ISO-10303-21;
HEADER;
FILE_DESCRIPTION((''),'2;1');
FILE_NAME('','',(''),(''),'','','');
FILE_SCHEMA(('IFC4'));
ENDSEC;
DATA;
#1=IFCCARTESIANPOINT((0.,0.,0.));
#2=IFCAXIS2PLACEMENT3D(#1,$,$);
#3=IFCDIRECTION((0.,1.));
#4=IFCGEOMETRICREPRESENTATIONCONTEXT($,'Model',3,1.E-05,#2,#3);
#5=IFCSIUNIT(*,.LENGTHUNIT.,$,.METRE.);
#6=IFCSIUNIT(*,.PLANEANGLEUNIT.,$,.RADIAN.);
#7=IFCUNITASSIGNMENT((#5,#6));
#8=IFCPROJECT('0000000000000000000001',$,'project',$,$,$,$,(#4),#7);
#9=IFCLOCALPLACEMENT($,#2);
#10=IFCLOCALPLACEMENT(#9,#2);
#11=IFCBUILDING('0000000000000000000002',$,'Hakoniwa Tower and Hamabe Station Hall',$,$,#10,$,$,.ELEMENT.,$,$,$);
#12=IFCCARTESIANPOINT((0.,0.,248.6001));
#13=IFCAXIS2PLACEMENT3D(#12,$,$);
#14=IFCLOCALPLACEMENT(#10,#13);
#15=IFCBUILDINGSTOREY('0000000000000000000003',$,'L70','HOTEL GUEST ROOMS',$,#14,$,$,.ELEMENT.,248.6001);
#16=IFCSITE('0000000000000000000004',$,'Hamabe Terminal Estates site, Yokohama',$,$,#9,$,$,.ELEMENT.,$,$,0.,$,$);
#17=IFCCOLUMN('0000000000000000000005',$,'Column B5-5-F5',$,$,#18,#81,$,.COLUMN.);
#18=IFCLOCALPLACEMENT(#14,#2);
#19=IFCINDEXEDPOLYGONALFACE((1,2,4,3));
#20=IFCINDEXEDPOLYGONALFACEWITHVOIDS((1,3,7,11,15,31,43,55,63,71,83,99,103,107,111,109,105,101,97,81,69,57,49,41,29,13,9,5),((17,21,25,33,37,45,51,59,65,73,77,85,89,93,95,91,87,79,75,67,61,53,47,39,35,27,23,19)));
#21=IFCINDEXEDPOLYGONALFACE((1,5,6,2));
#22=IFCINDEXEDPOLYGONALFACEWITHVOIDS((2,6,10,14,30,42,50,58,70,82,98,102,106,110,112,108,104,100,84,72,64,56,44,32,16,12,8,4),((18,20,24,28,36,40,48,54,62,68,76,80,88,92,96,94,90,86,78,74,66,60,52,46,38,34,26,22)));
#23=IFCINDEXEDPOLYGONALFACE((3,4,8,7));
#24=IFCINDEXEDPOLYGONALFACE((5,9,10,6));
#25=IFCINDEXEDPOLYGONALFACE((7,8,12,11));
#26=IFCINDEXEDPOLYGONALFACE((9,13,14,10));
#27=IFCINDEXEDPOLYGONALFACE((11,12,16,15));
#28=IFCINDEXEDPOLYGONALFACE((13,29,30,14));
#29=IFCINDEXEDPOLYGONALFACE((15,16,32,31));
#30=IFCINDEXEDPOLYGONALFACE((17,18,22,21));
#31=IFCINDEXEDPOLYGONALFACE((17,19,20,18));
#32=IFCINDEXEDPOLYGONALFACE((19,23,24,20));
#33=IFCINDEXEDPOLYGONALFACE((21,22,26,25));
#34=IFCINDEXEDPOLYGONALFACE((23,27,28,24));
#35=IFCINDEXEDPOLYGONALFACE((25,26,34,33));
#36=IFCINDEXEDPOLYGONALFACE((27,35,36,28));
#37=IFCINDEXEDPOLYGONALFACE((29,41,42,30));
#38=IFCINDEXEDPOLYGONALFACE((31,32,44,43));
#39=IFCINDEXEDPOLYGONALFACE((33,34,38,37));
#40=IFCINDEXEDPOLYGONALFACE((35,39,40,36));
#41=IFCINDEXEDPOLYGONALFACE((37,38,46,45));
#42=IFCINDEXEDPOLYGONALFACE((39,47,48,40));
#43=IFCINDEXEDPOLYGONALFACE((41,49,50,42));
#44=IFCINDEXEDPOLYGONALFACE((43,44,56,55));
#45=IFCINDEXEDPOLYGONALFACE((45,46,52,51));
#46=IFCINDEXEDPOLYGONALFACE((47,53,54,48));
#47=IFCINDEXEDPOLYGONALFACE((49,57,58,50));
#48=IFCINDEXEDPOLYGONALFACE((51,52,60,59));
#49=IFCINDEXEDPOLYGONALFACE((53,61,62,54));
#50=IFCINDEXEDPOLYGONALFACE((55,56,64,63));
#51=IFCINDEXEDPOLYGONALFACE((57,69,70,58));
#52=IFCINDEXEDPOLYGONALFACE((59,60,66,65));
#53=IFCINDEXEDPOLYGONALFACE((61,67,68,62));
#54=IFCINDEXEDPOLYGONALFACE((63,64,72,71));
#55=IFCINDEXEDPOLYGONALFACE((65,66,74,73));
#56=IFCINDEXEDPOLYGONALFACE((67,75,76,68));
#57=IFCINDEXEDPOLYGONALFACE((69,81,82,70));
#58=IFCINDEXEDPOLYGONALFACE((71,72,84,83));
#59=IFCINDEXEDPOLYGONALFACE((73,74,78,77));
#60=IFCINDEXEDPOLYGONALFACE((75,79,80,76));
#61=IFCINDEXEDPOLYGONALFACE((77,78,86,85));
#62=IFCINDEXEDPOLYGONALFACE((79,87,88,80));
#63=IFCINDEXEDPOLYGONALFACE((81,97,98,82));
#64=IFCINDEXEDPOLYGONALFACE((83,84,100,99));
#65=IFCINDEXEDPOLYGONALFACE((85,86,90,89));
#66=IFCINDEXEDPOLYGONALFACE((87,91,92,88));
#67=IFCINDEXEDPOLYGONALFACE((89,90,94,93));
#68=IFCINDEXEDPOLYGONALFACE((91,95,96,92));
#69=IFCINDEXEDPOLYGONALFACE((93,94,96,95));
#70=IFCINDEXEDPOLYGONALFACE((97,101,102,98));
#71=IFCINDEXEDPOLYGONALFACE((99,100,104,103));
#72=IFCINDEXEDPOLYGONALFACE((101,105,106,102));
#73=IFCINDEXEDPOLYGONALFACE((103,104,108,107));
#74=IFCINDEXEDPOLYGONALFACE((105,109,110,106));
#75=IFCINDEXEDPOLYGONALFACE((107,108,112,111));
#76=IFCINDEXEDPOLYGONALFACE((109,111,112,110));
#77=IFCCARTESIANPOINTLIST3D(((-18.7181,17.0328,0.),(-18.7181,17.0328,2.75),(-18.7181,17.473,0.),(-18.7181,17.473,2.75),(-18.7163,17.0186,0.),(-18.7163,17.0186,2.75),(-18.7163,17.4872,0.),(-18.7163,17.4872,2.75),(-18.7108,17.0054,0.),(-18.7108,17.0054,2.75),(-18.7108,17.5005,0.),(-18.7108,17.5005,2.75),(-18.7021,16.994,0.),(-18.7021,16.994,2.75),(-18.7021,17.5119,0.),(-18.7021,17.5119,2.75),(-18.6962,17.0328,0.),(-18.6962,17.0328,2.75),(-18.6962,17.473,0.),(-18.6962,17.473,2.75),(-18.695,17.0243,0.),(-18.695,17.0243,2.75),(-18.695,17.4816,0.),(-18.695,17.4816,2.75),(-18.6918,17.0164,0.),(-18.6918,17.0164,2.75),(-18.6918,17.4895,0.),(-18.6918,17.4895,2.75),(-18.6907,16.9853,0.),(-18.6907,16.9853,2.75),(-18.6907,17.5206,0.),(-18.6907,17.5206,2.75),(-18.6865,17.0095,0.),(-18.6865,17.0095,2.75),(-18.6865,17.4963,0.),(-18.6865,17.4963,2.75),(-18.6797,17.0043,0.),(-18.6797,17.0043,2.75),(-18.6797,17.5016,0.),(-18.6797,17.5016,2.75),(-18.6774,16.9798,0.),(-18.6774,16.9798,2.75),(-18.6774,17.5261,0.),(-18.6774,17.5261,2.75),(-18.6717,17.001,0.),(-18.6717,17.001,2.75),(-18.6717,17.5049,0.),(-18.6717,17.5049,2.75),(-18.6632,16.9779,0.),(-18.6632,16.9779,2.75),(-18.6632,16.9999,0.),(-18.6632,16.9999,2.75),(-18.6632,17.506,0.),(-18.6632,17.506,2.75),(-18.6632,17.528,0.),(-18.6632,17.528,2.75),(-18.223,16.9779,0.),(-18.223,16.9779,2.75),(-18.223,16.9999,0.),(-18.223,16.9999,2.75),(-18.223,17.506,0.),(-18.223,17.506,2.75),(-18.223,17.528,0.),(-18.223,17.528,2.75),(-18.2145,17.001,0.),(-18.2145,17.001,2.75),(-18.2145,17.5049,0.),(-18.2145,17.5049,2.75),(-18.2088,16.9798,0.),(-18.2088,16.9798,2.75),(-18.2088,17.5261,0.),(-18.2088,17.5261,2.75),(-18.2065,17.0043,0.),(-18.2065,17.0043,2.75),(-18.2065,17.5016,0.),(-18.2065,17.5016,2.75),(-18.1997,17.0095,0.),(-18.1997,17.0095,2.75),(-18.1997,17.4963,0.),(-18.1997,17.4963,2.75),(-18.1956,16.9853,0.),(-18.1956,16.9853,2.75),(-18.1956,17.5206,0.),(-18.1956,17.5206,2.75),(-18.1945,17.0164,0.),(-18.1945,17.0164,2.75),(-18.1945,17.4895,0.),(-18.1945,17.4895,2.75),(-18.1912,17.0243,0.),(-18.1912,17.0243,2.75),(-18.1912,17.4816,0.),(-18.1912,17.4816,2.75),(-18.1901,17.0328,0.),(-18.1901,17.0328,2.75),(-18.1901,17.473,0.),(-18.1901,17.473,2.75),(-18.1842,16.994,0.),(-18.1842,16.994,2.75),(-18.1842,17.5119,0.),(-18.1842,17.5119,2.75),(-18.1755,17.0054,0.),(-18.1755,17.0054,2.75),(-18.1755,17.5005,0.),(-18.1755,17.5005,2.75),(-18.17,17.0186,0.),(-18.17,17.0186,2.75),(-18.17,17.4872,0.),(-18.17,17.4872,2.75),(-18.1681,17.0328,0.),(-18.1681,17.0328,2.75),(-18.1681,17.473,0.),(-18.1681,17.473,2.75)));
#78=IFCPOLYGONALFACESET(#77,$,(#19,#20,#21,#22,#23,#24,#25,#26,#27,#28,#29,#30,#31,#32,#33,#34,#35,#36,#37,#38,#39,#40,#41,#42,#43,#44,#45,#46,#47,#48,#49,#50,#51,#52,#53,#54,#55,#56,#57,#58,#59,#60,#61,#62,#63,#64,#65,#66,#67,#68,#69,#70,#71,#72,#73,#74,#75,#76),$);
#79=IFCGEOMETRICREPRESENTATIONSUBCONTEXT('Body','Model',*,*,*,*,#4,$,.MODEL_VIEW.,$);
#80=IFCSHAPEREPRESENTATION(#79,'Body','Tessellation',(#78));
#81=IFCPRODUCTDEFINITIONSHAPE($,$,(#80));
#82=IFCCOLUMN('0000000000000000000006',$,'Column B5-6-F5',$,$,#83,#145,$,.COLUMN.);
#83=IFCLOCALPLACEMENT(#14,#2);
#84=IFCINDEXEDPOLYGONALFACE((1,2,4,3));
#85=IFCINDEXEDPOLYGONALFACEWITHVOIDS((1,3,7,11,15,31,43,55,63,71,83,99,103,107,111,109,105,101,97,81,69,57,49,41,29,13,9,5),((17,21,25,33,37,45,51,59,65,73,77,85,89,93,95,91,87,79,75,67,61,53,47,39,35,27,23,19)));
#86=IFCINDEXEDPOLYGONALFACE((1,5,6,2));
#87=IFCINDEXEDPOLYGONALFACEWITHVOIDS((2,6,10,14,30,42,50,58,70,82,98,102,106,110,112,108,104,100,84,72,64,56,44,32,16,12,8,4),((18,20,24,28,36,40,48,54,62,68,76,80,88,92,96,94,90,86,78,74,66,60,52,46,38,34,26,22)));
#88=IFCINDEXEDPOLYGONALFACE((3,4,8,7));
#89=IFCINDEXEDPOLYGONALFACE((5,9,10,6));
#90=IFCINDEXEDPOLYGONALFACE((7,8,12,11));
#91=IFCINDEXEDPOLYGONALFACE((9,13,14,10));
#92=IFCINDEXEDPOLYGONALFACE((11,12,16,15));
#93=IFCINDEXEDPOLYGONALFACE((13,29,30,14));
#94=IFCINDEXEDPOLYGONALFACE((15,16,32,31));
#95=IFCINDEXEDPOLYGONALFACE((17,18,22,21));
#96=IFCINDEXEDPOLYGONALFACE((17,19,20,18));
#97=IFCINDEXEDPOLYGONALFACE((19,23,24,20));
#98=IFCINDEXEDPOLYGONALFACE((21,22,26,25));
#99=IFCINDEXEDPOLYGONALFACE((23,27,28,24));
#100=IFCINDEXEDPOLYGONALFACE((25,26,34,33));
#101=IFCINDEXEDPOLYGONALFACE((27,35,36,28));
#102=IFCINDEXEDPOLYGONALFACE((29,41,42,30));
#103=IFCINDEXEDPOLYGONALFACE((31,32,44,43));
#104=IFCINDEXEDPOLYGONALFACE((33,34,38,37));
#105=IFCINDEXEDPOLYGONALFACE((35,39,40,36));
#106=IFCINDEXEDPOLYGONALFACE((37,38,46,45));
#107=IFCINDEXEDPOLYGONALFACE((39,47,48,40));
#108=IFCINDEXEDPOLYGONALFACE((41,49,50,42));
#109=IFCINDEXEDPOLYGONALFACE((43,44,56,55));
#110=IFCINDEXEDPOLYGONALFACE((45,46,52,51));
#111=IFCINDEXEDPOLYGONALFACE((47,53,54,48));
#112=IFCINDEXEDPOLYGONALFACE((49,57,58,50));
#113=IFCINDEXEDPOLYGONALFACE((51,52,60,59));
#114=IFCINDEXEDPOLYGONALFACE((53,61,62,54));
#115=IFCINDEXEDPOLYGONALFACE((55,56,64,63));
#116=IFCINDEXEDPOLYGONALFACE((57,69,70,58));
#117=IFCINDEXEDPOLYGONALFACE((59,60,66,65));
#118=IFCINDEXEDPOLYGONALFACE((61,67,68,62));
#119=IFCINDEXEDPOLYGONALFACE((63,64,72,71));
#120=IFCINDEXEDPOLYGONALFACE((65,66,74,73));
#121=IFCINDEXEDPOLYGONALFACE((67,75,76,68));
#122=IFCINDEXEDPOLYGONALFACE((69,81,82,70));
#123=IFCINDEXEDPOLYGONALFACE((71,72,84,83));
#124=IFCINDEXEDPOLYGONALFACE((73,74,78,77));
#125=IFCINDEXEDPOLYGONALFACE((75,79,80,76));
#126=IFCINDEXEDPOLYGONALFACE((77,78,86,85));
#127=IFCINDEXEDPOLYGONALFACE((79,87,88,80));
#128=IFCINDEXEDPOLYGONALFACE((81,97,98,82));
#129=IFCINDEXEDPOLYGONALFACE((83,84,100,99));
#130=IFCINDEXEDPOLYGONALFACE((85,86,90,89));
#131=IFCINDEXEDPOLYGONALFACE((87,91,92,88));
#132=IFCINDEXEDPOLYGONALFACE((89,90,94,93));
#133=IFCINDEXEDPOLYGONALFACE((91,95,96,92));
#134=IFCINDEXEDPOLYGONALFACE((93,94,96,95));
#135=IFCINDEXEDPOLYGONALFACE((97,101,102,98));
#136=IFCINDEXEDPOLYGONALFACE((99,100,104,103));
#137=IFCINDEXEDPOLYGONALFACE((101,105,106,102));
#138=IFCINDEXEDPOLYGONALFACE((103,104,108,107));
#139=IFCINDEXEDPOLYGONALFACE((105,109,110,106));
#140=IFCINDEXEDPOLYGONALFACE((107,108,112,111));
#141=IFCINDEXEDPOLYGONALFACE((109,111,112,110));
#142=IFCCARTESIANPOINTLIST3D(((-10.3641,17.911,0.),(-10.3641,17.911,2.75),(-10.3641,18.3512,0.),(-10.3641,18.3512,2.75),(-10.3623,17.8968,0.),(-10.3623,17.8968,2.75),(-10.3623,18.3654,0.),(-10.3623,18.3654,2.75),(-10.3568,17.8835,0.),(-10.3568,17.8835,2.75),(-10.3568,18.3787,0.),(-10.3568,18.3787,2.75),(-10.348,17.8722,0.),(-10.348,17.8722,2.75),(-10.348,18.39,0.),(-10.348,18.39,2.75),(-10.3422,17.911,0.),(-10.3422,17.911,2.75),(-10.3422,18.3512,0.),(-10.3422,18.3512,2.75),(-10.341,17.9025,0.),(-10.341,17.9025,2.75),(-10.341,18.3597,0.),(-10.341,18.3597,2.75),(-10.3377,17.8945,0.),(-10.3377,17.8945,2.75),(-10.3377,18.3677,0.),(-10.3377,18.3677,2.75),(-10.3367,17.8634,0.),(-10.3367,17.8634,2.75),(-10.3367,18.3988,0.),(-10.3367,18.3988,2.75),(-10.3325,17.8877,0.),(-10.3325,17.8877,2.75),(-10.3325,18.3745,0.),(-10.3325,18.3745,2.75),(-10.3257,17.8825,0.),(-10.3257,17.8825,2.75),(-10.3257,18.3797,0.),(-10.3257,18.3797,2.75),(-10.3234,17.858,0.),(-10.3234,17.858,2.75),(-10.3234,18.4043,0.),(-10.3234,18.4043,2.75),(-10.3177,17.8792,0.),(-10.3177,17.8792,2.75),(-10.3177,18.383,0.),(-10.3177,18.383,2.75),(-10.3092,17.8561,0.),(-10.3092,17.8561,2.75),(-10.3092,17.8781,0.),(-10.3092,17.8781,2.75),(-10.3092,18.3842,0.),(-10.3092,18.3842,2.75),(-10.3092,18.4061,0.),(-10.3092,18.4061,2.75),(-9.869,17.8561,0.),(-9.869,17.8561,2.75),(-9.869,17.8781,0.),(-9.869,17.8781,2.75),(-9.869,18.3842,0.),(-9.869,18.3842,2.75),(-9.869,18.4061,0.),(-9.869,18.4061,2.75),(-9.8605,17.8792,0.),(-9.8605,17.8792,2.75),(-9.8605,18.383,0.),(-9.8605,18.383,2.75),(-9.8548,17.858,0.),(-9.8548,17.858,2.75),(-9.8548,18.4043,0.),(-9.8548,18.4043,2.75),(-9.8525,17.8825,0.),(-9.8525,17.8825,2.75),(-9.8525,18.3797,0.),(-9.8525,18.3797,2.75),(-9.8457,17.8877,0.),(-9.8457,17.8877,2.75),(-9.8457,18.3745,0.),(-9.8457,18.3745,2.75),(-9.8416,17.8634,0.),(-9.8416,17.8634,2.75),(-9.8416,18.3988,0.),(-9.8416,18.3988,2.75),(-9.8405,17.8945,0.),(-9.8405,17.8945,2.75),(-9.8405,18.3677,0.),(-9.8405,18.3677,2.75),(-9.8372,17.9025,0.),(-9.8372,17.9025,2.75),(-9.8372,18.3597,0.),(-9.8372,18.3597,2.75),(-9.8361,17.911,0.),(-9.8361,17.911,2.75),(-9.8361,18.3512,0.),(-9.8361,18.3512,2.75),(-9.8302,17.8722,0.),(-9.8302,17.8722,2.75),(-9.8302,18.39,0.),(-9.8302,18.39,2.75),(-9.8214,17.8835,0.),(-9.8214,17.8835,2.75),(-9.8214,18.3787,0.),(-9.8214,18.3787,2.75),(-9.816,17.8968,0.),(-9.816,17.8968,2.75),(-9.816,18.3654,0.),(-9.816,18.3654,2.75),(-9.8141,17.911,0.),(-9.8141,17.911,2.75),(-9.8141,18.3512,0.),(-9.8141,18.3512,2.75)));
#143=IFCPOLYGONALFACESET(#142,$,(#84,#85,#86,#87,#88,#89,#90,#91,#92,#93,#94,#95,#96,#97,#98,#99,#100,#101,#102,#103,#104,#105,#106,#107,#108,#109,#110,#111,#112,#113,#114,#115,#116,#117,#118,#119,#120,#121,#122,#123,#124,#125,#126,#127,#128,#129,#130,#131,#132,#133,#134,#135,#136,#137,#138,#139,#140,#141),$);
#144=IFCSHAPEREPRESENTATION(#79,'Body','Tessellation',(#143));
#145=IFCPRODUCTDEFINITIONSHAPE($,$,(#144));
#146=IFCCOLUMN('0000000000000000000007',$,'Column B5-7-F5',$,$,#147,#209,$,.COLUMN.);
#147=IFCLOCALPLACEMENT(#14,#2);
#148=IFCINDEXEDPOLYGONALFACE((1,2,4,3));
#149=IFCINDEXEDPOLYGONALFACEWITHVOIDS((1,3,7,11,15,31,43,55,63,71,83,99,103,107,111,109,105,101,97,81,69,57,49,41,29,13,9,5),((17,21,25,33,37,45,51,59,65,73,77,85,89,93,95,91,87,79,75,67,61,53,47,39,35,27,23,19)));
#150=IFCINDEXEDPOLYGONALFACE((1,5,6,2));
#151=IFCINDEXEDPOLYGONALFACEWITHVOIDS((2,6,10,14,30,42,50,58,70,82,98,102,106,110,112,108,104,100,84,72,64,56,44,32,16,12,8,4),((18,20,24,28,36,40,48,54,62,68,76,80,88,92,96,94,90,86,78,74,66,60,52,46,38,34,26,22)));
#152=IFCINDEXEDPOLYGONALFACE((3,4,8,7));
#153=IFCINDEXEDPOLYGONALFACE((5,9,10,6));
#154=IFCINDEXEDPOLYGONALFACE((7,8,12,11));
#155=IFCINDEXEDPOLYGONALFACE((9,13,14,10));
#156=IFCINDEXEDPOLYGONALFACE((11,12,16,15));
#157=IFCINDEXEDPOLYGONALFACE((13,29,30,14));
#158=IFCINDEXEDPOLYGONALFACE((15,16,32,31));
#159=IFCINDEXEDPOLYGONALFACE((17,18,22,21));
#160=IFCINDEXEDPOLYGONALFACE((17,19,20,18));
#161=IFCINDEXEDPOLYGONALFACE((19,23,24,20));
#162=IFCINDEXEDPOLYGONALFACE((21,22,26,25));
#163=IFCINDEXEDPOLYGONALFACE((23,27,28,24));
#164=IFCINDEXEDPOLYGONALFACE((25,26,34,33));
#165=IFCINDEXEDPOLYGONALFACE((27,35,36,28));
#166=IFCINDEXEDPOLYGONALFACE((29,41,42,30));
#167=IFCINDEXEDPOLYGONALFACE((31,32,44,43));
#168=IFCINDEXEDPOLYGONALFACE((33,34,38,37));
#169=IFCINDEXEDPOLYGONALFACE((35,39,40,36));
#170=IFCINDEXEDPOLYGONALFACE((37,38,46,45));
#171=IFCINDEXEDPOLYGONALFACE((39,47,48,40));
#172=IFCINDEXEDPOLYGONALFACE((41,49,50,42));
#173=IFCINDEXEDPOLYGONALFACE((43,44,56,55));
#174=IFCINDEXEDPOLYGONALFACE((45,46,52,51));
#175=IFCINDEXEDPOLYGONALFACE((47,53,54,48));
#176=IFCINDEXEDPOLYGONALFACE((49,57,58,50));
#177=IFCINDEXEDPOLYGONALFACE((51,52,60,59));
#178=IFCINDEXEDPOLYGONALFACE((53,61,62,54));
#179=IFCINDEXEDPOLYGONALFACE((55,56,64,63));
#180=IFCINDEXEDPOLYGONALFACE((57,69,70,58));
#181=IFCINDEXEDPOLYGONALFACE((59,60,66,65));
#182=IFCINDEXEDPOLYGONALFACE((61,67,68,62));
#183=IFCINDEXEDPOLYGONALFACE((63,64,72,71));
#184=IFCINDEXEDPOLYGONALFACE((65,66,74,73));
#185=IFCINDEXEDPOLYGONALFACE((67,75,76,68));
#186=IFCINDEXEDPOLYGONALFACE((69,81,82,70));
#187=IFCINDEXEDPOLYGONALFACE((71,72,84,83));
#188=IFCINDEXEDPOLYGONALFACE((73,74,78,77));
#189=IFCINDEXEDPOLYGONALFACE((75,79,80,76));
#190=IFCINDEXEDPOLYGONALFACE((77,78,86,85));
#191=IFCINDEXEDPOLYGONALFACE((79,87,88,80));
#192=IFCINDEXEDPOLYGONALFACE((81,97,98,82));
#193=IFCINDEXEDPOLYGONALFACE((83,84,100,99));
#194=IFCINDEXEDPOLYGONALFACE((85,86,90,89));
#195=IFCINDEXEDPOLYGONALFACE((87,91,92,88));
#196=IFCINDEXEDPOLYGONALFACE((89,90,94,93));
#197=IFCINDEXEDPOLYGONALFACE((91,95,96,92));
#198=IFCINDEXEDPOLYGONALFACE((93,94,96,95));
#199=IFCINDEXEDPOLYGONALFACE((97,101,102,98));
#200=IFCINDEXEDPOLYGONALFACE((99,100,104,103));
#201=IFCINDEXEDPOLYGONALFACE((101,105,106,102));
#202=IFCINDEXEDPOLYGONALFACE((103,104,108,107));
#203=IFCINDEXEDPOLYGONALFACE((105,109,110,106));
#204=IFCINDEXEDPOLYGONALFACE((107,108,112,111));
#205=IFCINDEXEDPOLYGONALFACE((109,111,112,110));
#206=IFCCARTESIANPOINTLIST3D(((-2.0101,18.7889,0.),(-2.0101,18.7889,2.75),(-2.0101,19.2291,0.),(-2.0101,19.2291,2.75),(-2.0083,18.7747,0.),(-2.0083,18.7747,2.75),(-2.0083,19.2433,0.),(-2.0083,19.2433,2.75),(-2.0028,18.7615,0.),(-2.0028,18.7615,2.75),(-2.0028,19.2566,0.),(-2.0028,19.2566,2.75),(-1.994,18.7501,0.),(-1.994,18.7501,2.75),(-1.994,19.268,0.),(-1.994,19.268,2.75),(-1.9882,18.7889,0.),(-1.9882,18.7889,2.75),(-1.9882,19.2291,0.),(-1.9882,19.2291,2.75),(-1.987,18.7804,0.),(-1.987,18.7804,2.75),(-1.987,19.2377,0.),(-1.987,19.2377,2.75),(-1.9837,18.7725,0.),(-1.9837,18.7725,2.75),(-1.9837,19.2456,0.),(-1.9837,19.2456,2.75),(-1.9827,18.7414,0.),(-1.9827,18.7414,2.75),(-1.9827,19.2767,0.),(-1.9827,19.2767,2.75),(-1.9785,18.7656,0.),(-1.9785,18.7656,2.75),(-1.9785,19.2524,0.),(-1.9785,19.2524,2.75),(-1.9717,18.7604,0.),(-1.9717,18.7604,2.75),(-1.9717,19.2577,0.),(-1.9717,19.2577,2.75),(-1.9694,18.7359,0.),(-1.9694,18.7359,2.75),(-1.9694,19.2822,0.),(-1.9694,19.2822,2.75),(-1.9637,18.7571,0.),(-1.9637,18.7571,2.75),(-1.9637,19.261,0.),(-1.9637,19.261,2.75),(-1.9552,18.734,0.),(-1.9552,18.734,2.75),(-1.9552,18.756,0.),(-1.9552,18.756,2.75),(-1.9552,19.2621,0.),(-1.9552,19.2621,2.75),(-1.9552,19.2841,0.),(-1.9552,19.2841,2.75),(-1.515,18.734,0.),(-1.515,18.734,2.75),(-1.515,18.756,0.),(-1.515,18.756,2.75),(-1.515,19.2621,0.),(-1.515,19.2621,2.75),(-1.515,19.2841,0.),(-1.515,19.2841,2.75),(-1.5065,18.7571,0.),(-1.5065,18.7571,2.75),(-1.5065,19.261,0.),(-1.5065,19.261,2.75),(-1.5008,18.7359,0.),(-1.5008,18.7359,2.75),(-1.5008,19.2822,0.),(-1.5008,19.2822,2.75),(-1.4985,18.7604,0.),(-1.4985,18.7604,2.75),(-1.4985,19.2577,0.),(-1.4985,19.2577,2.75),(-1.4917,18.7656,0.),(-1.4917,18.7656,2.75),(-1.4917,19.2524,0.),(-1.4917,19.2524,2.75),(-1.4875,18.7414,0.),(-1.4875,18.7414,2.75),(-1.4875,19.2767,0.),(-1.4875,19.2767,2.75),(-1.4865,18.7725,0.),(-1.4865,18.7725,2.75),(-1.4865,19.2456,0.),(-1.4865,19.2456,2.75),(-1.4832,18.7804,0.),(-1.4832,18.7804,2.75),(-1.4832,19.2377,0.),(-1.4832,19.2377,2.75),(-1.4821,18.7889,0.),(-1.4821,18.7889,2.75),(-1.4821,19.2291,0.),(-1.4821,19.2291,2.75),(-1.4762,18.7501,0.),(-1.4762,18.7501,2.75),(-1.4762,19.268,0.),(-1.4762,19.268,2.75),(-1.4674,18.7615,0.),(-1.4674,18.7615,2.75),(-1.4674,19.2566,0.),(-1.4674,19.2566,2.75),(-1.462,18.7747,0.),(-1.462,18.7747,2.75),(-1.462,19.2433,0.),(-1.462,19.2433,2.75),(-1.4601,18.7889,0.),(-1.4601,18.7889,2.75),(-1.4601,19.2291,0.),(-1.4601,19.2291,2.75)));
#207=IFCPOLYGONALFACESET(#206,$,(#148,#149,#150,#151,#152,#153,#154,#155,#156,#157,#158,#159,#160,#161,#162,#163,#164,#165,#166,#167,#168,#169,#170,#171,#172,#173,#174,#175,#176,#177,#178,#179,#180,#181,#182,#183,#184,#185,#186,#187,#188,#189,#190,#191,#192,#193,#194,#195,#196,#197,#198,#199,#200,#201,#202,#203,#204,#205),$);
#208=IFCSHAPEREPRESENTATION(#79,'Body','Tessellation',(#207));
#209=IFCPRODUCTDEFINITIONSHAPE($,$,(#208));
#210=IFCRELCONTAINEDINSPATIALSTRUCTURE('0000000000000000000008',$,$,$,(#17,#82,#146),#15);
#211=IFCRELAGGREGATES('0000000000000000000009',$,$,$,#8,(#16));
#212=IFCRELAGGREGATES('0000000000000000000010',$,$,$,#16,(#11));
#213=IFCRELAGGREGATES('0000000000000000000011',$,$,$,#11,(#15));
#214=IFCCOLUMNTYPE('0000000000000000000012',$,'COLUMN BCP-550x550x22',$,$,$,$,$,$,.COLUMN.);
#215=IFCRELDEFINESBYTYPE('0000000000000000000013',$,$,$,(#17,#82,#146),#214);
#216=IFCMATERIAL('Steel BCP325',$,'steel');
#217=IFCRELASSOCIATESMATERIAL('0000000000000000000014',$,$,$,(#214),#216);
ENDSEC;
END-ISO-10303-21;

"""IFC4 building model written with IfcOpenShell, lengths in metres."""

from ifc_helpers import new_model, si_unit, direction, frame, origin, origin_2d, place, context, subcontext, project, spatial, hollow_rectangle, extrude, material, material_profile, profile_set, type_object, element, save


model = new_model("IFC4")

# Units and contexts
model_context = context("Model", 3, precision=1e-05, world=origin(), true_north=direction((0.0, 1.0)))
body_context = subcontext(model_context, "Body", "Model", "MODEL_VIEW")
ifc_project = project(units=[si_unit("LENGTHUNIT", "METRE"), si_unit("PLANEANGLEUNIT", "RADIAN")], contexts=[model_context])

# Site, building, storey
site_placement = place(None, origin())
site = spatial("IfcSite", under=ifc_project, at=site_placement, Name="Hamabe Terminal Estates site, Yokohama", CompositionType="ELEMENT", RefElevation=0.0)
building_placement = place(site_placement, origin())
building = spatial("IfcBuilding", under=site, at=building_placement, Name="Hakoniwa Tower and Hamabe Station Hall", CompositionType="ELEMENT")
storey_placement = place(building_placement, frame((0.0, 0.0, 248.6001)))
storey = spatial("IfcBuildingStorey", under=building, at=storey_placement, Name="L70", Description="HOTEL GUEST ROOMS", CompositionType="ELEMENT", Elevation=248.6001)

# Columns
ifc_material_1 = material(Name="Steel BCP325", Category="steel")
ifc_material_profile_1 = material_profile(ifc_material_1, hollow_rectangle(XDim=0.55, YDim=0.55, WallThickness=0.022, InnerFilletRadius=0.033, OuterFilletRadius=0.0549, at=origin_2d()), Name="BCP-550x550x22")
ifc_profile_set_1 = profile_set([ifc_material_profile_1], Name="Steel BCP325")
column_type_1 = type_object("IfcColumnType", Name="COLUMN BCP-550x550x22", PredefinedType="COLUMN", material=ifc_profile_set_1)
for number, where, z_axis, x_axis, name in (
    (1, (-18.4431, 17.2529, 0.0), (0.0, 0.0, 1.0), (1.0, 0.0, 0.0), "Column B5-5-F5"),
    (2, (-10.0891, 18.1311, 0.0), (0.0, 0.0, 1.0), (1.0, 0.0, 0.0), "Column B5-6-F5"),
    (3, (-1.7351, 19.009, 0.0), (0.0, 0.0, 1.0), (1.0, 0.0, 0.0), "Column B5-7-F5"),
):
    element("IfcColumn", number, at=place(storey_placement, frame(where, z_axis=z_axis, x_axis=x_axis)), inside=storey, type_object=column_type_1, Name=name, PredefinedType="COLUMN", context=body_context, shape_type="SweptSolid", body=[
        extrude(hollow_rectangle(XDim=0.55, YDim=0.55, WallThickness=0.022, InnerFilletRadius=0.033, OuterFilletRadius=0.0549, at=origin_2d()), origin(), (0.0, 0.0, 1.0), 2.75),
    ])

save(model, "model.ifc")
